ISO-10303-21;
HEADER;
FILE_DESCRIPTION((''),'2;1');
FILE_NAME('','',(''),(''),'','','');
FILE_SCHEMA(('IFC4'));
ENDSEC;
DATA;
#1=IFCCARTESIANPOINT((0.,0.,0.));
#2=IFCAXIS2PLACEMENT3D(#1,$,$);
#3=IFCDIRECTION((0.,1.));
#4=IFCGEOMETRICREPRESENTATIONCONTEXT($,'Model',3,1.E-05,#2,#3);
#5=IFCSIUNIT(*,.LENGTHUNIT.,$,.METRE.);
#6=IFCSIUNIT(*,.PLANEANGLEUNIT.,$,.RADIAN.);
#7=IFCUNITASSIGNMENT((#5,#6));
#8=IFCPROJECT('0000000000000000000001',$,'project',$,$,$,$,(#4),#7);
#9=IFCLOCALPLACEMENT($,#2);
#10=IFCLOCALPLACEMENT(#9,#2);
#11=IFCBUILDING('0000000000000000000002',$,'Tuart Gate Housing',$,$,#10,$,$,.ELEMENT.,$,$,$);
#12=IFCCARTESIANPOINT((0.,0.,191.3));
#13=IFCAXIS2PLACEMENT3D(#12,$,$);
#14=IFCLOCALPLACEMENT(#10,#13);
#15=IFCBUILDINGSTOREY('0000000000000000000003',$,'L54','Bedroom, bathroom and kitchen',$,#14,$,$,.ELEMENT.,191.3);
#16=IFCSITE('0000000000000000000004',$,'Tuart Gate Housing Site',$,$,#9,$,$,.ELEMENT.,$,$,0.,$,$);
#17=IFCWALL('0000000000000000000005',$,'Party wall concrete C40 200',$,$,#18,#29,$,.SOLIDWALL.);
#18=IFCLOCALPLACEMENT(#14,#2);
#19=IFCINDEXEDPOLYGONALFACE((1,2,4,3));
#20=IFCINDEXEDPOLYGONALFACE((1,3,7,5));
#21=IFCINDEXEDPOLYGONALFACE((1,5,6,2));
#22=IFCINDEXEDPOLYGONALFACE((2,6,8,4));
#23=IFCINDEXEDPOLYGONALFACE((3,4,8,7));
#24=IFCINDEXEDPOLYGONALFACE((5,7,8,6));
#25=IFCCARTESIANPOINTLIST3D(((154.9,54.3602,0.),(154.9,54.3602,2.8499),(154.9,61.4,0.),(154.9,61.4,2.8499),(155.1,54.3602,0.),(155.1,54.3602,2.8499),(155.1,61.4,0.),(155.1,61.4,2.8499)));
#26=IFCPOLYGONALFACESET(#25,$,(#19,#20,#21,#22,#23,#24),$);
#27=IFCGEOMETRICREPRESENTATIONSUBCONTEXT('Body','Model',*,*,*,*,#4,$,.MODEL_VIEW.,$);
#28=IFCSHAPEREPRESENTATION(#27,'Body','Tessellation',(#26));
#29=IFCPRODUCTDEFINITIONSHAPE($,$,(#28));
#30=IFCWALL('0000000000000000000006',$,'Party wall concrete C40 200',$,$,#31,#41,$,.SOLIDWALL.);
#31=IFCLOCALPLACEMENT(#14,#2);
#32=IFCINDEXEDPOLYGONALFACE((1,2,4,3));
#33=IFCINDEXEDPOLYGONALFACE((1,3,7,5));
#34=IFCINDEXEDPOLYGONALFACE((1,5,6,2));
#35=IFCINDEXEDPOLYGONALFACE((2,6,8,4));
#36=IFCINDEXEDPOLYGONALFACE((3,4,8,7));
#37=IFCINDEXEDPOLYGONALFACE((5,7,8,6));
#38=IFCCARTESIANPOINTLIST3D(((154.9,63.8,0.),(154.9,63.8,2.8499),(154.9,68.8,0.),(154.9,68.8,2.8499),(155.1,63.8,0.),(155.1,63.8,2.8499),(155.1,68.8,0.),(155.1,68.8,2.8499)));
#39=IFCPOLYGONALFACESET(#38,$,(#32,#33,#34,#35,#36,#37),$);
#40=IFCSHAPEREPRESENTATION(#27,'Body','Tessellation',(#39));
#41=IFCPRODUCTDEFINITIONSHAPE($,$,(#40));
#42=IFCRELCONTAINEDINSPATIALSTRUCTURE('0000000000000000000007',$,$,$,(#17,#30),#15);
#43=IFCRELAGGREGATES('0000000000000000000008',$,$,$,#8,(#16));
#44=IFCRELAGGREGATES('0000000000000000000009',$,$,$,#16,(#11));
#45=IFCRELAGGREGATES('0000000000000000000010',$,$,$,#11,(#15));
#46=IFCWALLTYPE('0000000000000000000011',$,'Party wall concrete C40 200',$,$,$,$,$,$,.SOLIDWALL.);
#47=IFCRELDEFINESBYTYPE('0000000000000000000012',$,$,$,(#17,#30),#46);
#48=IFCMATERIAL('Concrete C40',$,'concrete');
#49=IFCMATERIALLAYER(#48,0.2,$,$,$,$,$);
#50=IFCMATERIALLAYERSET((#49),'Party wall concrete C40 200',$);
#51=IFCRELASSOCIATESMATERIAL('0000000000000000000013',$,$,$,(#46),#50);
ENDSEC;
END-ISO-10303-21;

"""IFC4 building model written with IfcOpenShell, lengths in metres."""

from ifc_helpers import new_model, si_unit, direction, frame, frame_2d, origin, place, context, subcontext, project, spatial, rectangle, extrude, material, layer, layer_set, type_object, element, save


model = new_model("IFC4")

# Units and contexts
model_context = context("Model", 3, precision=1e-05, world=origin(), true_north=direction((0.0, 1.0)))
body_context = subcontext(model_context, "Body", "Model", "MODEL_VIEW")
ifc_project = project(units=[si_unit("LENGTHUNIT", "METRE"), si_unit("PLANEANGLEUNIT", "RADIAN")], contexts=[model_context])

# Site, building, storey
site_placement = place(None, origin())
site = spatial("IfcSite", under=ifc_project, at=site_placement, Name="Tuart Gate Housing Site", CompositionType="ELEMENT", RefElevation=0.0)
building_placement = place(site_placement, origin())
building = spatial("IfcBuilding", under=site, at=building_placement, Name="Tuart Gate Housing", CompositionType="ELEMENT")
storey_placement = place(building_placement, frame((0.0, 0.0, 191.3)))
storey = spatial("IfcBuildingStorey", under=building, at=storey_placement, Name="L54", Description="Bedroom, bathroom and kitchen", CompositionType="ELEMENT", Elevation=191.3)

# Walls
ifc_material_1 = material(Name="Concrete C40", Category="concrete")
ifc_layer_1 = layer(ifc_material_1, 0.2)
ifc_layer_set_1 = layer_set([ifc_layer_1], Name="Party wall concrete C40 200")
wall_type_1 = type_object("IfcWallType", Name="Party wall concrete C40 200", PredefinedType="SOLIDWALL", material=ifc_layer_set_1)
wall_1_placement = place(storey_placement, frame((155.0, 54.3601, 0.0), z_axis=(0.0, 0.0, 1.0), x_axis=(0.0, 1.0, 0.0)))
element("IfcWall", 1, at=wall_1_placement, inside=storey, type_object=wall_type_1, Name="Party wall concrete C40 200", PredefinedType="SOLIDWALL", context=body_context, shape_type="SweptSolid", body=[
    extrude(rectangle(XDim=7.0398, YDim=0.2, at=frame_2d((3.52, 0.0))), origin(), (0.0, 0.0, 1.0), 2.8499),
])
wall_2_placement = place(storey_placement, frame((155.0, 63.8, 0.0), z_axis=(0.0, 0.0, 1.0), x_axis=(0.0, 1.0, 0.0)))
element("IfcWall", 2, at=wall_2_placement, inside=storey, type_object=wall_type_1, Name="Party wall concrete C40 200", PredefinedType="SOLIDWALL", context=body_context, shape_type="SweptSolid", body=[
    extrude(rectangle(XDim=5.0, YDim=0.2, at=frame_2d((2.5, 0.0))), origin(), (0.0, 0.0, 1.0), 2.8499),
])

save(model, "model.ifc")
